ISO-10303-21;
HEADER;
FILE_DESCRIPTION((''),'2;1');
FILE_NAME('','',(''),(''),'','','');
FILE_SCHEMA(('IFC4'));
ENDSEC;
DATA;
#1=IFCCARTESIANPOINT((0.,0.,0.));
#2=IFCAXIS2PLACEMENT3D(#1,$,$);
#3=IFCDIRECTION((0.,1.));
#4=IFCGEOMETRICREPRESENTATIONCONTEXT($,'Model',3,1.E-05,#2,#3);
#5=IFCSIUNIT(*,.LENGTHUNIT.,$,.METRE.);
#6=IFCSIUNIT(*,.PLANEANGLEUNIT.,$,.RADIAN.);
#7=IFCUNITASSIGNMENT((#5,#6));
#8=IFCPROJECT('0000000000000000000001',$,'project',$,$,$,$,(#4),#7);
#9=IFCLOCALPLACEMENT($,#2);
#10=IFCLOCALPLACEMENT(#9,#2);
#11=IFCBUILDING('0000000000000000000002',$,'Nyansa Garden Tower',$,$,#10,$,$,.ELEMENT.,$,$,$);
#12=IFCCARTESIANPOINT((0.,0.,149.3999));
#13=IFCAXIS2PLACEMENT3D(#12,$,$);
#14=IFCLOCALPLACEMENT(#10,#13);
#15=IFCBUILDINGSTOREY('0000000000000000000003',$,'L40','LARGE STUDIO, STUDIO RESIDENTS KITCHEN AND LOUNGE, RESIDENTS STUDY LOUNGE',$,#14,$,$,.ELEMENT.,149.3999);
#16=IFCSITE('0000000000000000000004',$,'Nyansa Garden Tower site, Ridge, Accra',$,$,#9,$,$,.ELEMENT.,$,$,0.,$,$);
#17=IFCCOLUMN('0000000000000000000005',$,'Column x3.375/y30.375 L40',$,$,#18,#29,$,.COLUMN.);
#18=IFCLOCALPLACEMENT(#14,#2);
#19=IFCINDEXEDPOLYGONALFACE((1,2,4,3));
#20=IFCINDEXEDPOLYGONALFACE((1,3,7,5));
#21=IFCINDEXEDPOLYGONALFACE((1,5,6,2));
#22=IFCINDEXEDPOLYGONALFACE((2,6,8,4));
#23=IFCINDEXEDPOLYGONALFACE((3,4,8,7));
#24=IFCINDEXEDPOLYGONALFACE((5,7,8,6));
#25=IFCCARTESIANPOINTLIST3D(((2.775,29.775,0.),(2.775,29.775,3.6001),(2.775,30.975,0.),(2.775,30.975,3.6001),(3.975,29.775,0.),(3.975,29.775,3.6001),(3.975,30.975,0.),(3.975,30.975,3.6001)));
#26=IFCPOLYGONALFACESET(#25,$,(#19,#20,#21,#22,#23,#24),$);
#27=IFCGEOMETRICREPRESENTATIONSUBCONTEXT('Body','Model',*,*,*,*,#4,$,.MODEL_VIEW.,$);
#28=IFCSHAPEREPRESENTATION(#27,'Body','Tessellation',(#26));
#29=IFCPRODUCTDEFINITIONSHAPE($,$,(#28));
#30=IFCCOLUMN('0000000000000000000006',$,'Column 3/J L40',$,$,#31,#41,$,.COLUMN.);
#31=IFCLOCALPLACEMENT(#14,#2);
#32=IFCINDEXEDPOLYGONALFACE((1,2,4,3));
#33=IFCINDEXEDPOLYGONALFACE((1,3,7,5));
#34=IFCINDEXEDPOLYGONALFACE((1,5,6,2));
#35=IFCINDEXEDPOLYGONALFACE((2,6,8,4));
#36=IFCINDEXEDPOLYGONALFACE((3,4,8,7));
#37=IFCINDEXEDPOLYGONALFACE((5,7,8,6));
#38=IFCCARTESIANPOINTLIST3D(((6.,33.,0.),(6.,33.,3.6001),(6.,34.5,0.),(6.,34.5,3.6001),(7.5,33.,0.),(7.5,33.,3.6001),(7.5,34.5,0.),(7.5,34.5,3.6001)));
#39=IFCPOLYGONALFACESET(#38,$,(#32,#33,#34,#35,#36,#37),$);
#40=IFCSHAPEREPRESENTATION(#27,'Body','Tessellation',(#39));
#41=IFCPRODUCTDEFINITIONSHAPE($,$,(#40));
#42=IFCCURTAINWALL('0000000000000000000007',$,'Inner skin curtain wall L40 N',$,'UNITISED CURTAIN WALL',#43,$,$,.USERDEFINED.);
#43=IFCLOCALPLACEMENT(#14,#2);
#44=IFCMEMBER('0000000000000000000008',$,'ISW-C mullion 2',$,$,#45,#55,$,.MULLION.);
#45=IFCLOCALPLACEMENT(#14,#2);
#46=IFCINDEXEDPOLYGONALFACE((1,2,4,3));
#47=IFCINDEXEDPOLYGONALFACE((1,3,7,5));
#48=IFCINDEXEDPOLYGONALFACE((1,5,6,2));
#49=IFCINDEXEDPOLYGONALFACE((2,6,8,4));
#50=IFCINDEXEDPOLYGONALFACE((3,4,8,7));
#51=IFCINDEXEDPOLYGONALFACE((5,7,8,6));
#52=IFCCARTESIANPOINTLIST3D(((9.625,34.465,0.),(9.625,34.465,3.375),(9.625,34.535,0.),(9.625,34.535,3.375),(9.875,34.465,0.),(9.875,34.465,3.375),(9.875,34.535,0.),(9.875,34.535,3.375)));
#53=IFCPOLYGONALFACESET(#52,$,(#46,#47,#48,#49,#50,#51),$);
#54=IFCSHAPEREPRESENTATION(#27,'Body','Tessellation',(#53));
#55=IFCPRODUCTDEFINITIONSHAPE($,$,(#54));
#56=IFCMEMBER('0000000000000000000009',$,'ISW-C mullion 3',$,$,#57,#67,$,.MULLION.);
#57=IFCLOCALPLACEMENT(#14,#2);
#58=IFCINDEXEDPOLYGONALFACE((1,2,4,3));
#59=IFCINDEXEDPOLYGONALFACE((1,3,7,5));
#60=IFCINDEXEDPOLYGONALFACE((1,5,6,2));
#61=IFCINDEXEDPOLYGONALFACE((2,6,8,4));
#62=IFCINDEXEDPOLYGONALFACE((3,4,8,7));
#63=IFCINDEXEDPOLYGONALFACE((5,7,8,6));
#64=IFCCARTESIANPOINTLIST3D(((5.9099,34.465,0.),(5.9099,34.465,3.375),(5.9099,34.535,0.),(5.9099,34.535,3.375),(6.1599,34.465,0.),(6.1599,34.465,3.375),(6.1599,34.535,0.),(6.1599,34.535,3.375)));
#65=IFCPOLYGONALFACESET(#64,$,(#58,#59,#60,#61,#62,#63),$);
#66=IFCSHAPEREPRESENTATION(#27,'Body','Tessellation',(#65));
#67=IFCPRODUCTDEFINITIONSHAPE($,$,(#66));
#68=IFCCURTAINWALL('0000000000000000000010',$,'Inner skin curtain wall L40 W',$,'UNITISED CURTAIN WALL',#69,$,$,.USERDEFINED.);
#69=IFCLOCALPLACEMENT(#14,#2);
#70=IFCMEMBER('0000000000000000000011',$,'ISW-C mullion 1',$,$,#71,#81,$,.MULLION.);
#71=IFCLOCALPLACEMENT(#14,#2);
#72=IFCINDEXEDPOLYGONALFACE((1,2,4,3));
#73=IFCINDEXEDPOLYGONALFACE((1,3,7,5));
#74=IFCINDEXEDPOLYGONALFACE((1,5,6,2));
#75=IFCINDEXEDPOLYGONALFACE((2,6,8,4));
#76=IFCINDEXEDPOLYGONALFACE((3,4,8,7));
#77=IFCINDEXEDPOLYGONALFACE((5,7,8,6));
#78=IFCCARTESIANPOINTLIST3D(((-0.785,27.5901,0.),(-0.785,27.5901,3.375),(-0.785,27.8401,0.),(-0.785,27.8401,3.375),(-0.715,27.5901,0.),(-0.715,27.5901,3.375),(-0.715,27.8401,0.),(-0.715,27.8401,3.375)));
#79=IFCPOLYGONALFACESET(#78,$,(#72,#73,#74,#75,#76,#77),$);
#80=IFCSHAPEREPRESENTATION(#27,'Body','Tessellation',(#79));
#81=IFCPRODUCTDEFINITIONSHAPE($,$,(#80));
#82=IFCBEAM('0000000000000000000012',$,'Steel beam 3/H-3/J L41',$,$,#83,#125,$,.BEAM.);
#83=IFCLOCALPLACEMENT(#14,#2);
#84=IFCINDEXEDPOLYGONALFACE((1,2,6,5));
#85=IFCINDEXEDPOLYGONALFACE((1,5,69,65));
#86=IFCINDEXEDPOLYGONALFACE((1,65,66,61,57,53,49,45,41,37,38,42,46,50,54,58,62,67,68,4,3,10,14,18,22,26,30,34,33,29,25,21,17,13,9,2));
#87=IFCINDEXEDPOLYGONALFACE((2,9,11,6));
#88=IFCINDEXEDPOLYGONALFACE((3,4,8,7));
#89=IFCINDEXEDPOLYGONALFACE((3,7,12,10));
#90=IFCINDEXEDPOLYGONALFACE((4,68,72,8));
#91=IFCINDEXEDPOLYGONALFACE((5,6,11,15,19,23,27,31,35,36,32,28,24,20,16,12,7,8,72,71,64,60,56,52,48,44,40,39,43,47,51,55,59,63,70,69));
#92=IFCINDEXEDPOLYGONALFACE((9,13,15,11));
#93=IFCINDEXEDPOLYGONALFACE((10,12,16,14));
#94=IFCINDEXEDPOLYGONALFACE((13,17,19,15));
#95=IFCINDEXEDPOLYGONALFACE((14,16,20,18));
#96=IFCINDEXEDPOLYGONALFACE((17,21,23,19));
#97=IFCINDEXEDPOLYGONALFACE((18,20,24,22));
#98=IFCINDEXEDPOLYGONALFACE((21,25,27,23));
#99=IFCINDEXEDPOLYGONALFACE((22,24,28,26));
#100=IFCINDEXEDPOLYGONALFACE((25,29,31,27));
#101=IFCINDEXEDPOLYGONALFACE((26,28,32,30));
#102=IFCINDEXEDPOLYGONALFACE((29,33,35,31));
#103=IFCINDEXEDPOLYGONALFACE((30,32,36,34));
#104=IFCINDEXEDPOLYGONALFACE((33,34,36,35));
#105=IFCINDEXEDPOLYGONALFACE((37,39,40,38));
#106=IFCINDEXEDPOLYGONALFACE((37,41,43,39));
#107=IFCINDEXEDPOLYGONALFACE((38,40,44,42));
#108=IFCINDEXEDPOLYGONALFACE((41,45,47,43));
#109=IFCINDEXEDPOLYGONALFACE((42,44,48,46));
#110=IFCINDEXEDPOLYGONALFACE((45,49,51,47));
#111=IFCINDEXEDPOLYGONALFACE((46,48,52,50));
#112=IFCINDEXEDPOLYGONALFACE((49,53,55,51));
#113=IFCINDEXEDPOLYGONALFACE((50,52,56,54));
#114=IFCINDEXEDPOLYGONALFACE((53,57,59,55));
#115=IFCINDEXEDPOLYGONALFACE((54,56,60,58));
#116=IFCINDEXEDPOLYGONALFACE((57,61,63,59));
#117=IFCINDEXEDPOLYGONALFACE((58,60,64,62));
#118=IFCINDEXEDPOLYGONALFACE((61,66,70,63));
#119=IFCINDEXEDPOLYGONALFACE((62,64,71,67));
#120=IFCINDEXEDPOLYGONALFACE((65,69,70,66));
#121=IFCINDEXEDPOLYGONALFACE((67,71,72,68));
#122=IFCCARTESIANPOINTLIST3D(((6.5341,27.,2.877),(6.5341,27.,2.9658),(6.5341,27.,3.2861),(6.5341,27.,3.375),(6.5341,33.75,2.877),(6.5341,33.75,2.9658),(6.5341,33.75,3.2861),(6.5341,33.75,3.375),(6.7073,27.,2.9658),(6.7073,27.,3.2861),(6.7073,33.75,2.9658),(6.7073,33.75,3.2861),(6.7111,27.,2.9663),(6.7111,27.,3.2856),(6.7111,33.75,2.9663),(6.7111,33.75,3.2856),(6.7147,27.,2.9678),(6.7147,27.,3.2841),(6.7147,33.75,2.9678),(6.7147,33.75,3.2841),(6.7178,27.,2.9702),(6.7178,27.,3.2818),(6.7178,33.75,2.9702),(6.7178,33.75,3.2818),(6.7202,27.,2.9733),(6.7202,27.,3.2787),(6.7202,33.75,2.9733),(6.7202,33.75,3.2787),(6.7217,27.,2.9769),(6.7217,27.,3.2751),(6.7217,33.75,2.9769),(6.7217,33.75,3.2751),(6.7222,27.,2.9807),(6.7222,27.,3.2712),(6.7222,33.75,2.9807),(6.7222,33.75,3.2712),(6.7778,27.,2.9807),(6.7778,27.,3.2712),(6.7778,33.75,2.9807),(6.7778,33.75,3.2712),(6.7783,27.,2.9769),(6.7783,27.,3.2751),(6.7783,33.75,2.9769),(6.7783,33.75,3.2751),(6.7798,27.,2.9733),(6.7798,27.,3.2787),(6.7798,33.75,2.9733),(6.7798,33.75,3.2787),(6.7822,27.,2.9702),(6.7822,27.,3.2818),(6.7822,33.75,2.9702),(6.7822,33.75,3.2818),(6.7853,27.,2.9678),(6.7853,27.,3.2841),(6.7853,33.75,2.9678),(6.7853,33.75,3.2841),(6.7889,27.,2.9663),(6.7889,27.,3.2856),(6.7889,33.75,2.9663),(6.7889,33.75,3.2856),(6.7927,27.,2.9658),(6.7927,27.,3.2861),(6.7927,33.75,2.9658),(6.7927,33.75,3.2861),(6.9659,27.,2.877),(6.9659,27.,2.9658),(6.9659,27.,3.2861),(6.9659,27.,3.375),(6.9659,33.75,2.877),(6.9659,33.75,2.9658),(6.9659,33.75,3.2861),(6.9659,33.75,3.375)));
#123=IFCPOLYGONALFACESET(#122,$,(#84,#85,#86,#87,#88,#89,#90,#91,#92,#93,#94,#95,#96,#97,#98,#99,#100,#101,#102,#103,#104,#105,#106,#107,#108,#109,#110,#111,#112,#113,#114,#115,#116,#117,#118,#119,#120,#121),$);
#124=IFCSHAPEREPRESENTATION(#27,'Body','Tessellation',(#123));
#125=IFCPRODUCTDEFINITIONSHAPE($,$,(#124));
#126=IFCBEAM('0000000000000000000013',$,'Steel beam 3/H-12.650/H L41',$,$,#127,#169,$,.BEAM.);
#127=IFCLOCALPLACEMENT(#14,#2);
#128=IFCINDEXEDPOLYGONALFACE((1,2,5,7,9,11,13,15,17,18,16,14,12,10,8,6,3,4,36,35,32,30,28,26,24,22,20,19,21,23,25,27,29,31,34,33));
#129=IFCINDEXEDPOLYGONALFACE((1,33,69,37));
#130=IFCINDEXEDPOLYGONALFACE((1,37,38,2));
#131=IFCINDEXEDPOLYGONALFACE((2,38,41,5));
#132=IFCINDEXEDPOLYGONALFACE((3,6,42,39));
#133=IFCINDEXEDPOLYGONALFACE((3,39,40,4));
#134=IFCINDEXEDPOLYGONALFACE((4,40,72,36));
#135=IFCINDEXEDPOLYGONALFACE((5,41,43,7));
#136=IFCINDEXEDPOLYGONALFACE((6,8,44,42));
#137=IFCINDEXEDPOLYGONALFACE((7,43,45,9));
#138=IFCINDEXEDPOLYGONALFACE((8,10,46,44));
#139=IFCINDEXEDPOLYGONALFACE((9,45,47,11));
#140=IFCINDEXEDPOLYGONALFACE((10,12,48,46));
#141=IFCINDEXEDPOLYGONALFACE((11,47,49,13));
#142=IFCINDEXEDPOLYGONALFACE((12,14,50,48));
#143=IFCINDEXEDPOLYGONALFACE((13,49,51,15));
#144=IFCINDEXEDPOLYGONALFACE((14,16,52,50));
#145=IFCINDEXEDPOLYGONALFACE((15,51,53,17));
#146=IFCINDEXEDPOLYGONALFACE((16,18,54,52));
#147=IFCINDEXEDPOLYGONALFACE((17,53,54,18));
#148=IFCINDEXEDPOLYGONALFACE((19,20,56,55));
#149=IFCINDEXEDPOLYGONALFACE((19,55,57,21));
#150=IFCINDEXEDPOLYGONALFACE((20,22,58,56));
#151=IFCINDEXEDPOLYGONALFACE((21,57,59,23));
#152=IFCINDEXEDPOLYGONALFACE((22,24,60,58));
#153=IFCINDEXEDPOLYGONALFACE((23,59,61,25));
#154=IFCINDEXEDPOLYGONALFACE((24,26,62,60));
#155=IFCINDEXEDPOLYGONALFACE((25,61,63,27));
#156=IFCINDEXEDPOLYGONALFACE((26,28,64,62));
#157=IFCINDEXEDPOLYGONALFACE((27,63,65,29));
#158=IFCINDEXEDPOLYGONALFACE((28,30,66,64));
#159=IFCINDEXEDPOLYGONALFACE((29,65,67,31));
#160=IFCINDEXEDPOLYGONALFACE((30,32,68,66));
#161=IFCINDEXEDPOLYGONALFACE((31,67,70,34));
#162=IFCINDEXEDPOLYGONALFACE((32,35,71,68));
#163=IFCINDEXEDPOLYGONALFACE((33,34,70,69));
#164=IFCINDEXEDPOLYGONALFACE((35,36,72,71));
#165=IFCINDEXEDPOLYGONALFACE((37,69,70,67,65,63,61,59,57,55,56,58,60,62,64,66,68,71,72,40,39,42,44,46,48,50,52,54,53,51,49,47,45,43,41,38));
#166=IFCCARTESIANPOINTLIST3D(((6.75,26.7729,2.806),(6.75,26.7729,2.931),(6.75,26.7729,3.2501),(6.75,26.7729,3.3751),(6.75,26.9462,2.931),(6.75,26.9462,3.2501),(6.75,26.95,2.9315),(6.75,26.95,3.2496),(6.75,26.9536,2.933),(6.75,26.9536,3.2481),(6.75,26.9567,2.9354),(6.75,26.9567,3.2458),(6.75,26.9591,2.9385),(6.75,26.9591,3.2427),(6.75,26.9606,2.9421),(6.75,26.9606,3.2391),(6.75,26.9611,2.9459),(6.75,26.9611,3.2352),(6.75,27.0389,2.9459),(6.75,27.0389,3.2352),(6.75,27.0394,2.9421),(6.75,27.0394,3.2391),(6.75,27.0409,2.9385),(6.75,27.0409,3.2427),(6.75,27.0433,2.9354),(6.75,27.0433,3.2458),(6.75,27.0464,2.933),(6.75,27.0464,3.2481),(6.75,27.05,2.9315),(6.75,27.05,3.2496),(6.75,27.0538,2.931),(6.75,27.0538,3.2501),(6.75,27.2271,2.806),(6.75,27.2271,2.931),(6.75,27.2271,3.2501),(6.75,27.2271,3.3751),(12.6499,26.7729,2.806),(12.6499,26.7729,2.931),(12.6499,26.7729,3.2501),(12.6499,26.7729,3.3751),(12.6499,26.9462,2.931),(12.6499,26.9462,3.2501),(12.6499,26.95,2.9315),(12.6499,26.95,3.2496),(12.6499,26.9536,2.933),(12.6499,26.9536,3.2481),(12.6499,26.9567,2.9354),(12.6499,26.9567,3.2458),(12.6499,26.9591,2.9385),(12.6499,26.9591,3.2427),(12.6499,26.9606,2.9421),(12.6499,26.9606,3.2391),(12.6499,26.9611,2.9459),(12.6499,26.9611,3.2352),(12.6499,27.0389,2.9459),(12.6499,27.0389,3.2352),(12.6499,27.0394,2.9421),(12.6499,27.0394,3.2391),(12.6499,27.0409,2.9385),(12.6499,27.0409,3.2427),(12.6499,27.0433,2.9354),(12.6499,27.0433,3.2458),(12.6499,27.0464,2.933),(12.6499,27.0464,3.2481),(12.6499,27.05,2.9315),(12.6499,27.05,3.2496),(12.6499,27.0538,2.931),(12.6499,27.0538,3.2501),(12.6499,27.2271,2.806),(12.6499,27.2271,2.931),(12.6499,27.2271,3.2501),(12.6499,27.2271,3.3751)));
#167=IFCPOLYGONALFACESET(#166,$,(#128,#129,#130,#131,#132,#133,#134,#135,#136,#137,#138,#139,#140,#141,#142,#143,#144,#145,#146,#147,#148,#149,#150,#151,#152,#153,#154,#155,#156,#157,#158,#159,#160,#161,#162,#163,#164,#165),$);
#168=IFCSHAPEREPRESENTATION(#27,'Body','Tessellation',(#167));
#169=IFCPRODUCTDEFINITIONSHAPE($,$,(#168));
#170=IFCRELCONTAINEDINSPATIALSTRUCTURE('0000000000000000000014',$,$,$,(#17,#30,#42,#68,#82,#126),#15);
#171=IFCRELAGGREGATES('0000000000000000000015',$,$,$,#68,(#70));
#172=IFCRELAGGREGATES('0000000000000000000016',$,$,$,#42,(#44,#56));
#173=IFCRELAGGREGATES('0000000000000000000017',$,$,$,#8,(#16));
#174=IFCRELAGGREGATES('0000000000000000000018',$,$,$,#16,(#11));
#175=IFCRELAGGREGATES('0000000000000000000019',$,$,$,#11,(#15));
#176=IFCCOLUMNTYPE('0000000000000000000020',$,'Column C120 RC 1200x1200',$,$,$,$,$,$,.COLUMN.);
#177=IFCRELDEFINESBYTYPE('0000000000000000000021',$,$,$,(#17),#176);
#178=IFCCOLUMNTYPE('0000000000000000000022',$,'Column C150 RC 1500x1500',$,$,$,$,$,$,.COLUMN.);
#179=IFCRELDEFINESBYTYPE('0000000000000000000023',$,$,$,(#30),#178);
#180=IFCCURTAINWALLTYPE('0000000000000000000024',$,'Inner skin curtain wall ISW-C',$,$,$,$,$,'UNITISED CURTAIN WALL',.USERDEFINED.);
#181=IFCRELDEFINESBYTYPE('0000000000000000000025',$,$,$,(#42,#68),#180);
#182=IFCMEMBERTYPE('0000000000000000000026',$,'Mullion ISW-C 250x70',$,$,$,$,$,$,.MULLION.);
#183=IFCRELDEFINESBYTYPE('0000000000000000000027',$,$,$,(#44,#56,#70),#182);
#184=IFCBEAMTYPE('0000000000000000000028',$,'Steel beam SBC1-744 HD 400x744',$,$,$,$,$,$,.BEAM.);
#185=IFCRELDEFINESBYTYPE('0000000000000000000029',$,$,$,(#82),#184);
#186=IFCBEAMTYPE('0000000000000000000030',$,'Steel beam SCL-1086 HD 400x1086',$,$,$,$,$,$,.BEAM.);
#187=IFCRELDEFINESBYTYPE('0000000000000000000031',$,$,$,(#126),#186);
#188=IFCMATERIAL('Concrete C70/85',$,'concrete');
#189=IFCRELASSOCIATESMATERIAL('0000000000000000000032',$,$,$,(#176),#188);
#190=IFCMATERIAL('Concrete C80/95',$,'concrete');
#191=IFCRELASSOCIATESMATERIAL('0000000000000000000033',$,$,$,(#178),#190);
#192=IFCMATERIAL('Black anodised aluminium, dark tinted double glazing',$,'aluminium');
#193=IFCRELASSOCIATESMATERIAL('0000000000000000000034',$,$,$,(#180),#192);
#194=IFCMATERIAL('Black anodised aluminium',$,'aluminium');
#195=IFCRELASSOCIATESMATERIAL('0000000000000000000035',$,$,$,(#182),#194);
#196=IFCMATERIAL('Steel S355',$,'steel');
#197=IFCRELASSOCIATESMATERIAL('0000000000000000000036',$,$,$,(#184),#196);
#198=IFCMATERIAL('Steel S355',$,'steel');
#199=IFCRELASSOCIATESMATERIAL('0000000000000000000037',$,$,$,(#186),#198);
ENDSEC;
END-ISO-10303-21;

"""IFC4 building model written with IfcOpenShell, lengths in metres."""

from ifc_helpers import new_model, si_unit, direction, frame, origin, origin_2d, place, context, subcontext, project, spatial, rectangle, i_section, extrude, material, material_profile, profile_set, type_object, element, aggregate, save


model = new_model("IFC4")

# Units and contexts
model_context = context("Model", 3, precision=1e-05, world=origin(), true_north=direction((0.0, 1.0)))
body_context = subcontext(model_context, "Body", "Model", "MODEL_VIEW")
ifc_project = project(units=[si_unit("LENGTHUNIT", "METRE"), si_unit("PLANEANGLEUNIT", "RADIAN")], contexts=[model_context])

# Site, building, storey
site_placement = place(None, origin())
site = spatial("IfcSite", under=ifc_project, at=site_placement, Name="Nyansa Garden Tower site, Ridge, Accra", CompositionType="ELEMENT", RefElevation=0.0)
building_placement = place(site_placement, origin())
building = spatial("IfcBuilding", under=site, at=building_placement, Name="Nyansa Garden Tower", CompositionType="ELEMENT")
storey_placement = place(building_placement, frame((0.0, 0.0, 149.3999)))
storey = spatial("IfcBuildingStorey", under=building, at=storey_placement, Name="L40", Description="LARGE STUDIO, STUDIO RESIDENTS KITCHEN AND LOUNGE, RESIDENTS STUDY LOUNGE", CompositionType="ELEMENT", Elevation=149.3999)

# Columns
ifc_material_1 = material(Name="Concrete C70/85", Category="concrete")
ifc_material_profile_1 = material_profile(ifc_material_1, rectangle(XDim=1.2, YDim=1.2, at=origin_2d()), Name="RC 1200x1200")
ifc_profile_set_1 = profile_set([ifc_material_profile_1], Name="Concrete C70/85")
column_type_1 = type_object("IfcColumnType", Name="Column C120 RC 1200x1200", PredefinedType="COLUMN", material=ifc_profile_set_1)
column_1_placement = place(storey_placement, frame((3.375, 30.375, 0.0), z_axis=(0.0, 0.0, 1.0), x_axis=(1.0, 0.0, 0.0)))
element("IfcColumn", 1, at=column_1_placement, inside=storey, type_object=column_type_1, Name="Column x3.375/y30.375 L40", PredefinedType="COLUMN", context=body_context, shape_type="SweptSolid", body=[
    extrude(rectangle(XDim=1.2, YDim=1.2, at=origin_2d()), origin(), (0.0, 0.0, 1.0), 3.6001),
])
ifc_material_2 = material(Name="Concrete C80/95", Category="concrete")
ifc_material_profile_2 = material_profile(ifc_material_2, rectangle(XDim=1.5, YDim=1.5, at=origin_2d()), Name="RC 1500x1500")
ifc_profile_set_2 = profile_set([ifc_material_profile_2], Name="Concrete C80/95")
column_type_2 = type_object("IfcColumnType", Name="Column C150 RC 1500x1500", PredefinedType="COLUMN", material=ifc_profile_set_2)
column_2_placement = place(storey_placement, frame((6.75, 33.75, 0.0), z_axis=(0.0, 0.0, 1.0), x_axis=(1.0, 0.0, 0.0)))
element("IfcColumn", 2, at=column_2_placement, inside=storey, type_object=column_type_2, Name="Column 3/J L40", PredefinedType="COLUMN", context=body_context, shape_type="SweptSolid", body=[
    extrude(rectangle(XDim=1.5, YDim=1.5, at=origin_2d()), origin(), (0.0, 0.0, 1.0), 3.6001),
])

# Curtain wall, members
ifc_material_3 = material(Name="Black anodised aluminium, dark tinted double glazing", Category="aluminium")
curtain_wall_type = type_object("IfcCurtainWallType", Name="Inner skin curtain wall ISW-C", ElementType="UNITISED CURTAIN WALL", PredefinedType="USERDEFINED", material=ifc_material_3)
curtain_wall_1_placement = place(storey_placement, origin())
curtain_wall_1 = element("IfcCurtainWall", 3, at=curtain_wall_1_placement, inside=storey, type_object=curtain_wall_type, Name="Inner skin curtain wall L40 N", ObjectType="UNITISED CURTAIN WALL", PredefinedType="USERDEFINED")
ifc_material_4 = material(Name="Black anodised aluminium", Category="aluminium")
ifc_material_profile_3 = material_profile(ifc_material_4, rectangle(XDim=0.0701, YDim=0.25, at=origin_2d()), Name="Mullion 250x70")
ifc_profile_set_3 = profile_set([ifc_material_profile_3], Name="Black anodised aluminium")
member_type_1 = type_object("IfcMemberType", Name="Mullion ISW-C 250x70", PredefinedType="MULLION", material=ifc_profile_set_3)
member_1_placement = place(storey_placement, frame((9.75, 34.5, 0.0), z_axis=(0.0, 0.0, 1.0), x_axis=(0.0, -1.0, 0.0)))
member_1 = element("IfcMember", 4, at=member_1_placement, type_object=member_type_1, Name="ISW-C mullion 2", PredefinedType="MULLION", context=body_context, shape_type="SweptSolid", body=[
    extrude(rectangle(XDim=0.0701, YDim=0.25, at=origin_2d()), origin(), (0.0, 0.0, 1.0), 3.375),
])
member_2_placement = place(storey_placement, frame((6.0349, 34.5, 0.0), z_axis=(0.0, 0.0, 1.0), x_axis=(0.0, -1.0, 0.0)))
member_2 = element("IfcMember", 5, at=member_2_placement, type_object=member_type_1, Name="ISW-C mullion 3", PredefinedType="MULLION", context=body_context, shape_type="SweptSolid", body=[
    extrude(rectangle(XDim=0.0701, YDim=0.25, at=origin_2d()), origin(), (0.0, 0.0, 1.0), 3.375),
])

# Curtain wall, member
curtain_wall_2_placement = place(storey_placement, origin())
curtain_wall_2 = element("IfcCurtainWall", 6, at=curtain_wall_2_placement, inside=storey, type_object=curtain_wall_type, Name="Inner skin curtain wall L40 W", ObjectType="UNITISED CURTAIN WALL", PredefinedType="USERDEFINED")
member_3_placement = place(storey_placement, frame((-0.75, 27.7151, 0.0), z_axis=(0.0, 0.0, 1.0), x_axis=(1.0, 0.0, 0.0)))
member_3 = element("IfcMember", 7, at=member_3_placement, type_object=member_type_1, Name="ISW-C mullion 1", PredefinedType="MULLION", context=body_context, shape_type="SweptSolid", body=[
    extrude(rectangle(XDim=0.0701, YDim=0.25, at=origin_2d()), origin(), (0.0, 0.0, 1.0), 3.375),
])

# Beams
ifc_material_5 = material(Name="Steel S355", Category="steel")
ifc_material_profile_4 = material_profile(ifc_material_5, i_section(OverallWidth=0.4319, OverallDepth=0.498, WebThickness=0.0557, FlangeThickness=0.0889, FilletRadius=0.0149, at=origin_2d()), Name="HD 400x744")
ifc_profile_set_4 = profile_set([ifc_material_profile_4], Name="Steel S355")
beam_type_1 = type_object("IfcBeamType", Name="Steel beam SBC1-744 HD 400x744", PredefinedType="BEAM", material=ifc_profile_set_4)
beam_1_placement = place(storey_placement, frame((6.75, 27.0, 3.126), z_axis=(0.0, 1.0, 0.0), x_axis=(-1.0, 0.0, 0.0)))
element("IfcBeam", 8, at=beam_1_placement, inside=storey, type_object=beam_type_1, Name="Steel beam 3/H-3/J L41", PredefinedType="BEAM", context=body_context, shape_type="SweptSolid", body=[
    extrude(i_section(OverallWidth=0.4319, OverallDepth=0.498, WebThickness=0.0557, FlangeThickness=0.0889, FilletRadius=0.0149, at=origin_2d()), origin(), (0.0, 0.0, 1.0), 6.75),
])
ifc_material_6 = material(Name="Steel S355", Category="steel")
ifc_material_profile_5 = material_profile(ifc_material_6, i_section(OverallWidth=0.4541, OverallDepth=0.5691, WebThickness=0.0779, FlangeThickness=0.125, FilletRadius=0.0149, at=origin_2d()), Name="HD 400x1086")
ifc_profile_set_5 = profile_set([ifc_material_profile_5], Name="Steel S355")
beam_type_2 = type_object("IfcBeamType", Name="Steel beam SCL-1086 HD 400x1086", PredefinedType="BEAM", material=ifc_profile_set_5)
beam_2_placement = place(storey_placement, frame((6.75, 27.0, 3.0906), z_axis=(1.0, 0.0, 0.0), x_axis=(0.0, 1.0, 0.0)))
element("IfcBeam", 9, at=beam_2_placement, inside=storey, type_object=beam_type_2, Name="Steel beam 3/H-12.650/H L41", PredefinedType="BEAM", context=body_context, shape_type="SweptSolid", body=[
    extrude(i_section(OverallWidth=0.4541, OverallDepth=0.5691, WebThickness=0.0779, FlangeThickness=0.125, FilletRadius=0.0149, at=origin_2d()), origin(), (0.0, 0.0, 1.0), 5.8999),
])

aggregate(curtain_wall_2, [member_3])

aggregate(curtain_wall_1, [member_1, member_2])

save(model, "model.ifc")
